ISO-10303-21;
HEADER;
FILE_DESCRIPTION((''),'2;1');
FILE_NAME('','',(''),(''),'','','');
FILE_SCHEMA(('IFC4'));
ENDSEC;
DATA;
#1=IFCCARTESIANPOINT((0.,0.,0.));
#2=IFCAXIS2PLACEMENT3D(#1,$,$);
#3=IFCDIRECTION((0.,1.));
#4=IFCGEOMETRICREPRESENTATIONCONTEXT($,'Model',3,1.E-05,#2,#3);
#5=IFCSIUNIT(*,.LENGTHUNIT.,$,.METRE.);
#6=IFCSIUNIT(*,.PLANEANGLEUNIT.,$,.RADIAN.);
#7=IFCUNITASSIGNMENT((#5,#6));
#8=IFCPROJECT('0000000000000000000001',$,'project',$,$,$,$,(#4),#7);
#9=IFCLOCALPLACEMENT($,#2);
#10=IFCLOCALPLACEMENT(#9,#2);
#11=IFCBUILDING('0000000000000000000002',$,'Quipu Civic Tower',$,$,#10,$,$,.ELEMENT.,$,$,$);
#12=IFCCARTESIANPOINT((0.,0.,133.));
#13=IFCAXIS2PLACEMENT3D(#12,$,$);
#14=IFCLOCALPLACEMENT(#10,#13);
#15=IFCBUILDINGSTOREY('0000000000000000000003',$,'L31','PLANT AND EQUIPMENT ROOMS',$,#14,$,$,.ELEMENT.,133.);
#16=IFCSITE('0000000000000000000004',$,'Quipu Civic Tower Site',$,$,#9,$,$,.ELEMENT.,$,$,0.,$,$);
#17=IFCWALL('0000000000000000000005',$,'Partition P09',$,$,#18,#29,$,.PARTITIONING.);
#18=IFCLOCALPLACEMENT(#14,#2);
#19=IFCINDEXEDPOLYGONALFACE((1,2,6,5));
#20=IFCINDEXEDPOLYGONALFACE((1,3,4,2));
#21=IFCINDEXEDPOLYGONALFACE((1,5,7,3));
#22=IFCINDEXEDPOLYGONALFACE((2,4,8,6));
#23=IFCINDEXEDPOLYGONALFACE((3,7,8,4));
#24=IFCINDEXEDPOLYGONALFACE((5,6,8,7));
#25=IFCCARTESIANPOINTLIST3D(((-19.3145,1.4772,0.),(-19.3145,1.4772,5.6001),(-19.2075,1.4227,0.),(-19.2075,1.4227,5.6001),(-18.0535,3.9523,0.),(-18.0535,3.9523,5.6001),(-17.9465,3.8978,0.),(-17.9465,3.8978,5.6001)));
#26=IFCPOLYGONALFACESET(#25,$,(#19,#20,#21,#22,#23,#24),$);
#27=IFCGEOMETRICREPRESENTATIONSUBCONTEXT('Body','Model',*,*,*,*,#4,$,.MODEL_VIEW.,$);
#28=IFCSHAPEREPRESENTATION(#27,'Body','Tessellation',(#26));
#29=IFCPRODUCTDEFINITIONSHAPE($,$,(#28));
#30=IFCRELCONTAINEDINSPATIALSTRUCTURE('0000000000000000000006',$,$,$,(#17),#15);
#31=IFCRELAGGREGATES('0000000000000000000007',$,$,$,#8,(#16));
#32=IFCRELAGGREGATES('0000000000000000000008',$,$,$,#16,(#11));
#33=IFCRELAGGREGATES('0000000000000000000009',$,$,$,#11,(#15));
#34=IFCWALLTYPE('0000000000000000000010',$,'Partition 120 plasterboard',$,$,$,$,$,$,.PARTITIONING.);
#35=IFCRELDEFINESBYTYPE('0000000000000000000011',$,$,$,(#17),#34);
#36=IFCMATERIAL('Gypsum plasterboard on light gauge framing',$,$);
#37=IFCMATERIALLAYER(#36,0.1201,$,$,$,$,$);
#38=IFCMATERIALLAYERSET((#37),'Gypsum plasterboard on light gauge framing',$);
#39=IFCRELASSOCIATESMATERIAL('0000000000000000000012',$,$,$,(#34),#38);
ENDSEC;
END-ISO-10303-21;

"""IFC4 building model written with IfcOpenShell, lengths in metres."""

from ifc_helpers import new_model, si_unit, direction, frame, frame_2d, origin, place, context, subcontext, project, spatial, rectangle, extrude, material, layer, layer_set, type_object, element, save


model = new_model("IFC4")

# Units and contexts
model_context = context("Model", 3, precision=1e-05, world=origin(), true_north=direction((0.0, 1.0)))
body_context = subcontext(model_context, "Body", "Model", "MODEL_VIEW")
ifc_project = project(units=[si_unit("LENGTHUNIT", "METRE"), si_unit("PLANEANGLEUNIT", "RADIAN")], contexts=[model_context])

# Site, building, storey
site_placement = place(None, origin())
site = spatial("IfcSite", under=ifc_project, at=site_placement, Name="Quipu Civic Tower Site", CompositionType="ELEMENT", RefElevation=0.0)
building_placement = place(site_placement, origin())
building = spatial("IfcBuilding", under=site, at=building_placement, Name="Quipu Civic Tower", CompositionType="ELEMENT")
storey_placement = place(building_placement, frame((0.0, 0.0, 133.0)))
storey = spatial("IfcBuildingStorey", under=building, at=storey_placement, Name="L31", Description="PLANT AND EQUIPMENT ROOMS", CompositionType="ELEMENT", Elevation=133.0)

# Wall
ifc_material_1 = material(Name="Gypsum plasterboard on light gauge framing")
ifc_layer_1 = layer(ifc_material_1, 0.1201)
ifc_layer_set_1 = layer_set([ifc_layer_1], Name="Gypsum plasterboard on light gauge framing")
wall_type_1 = type_object("IfcWallType", Name="Partition 120 plasterboard", PredefinedType="PARTITIONING", material=ifc_layer_set_1)
wall_1_placement = place(storey_placement, frame((-19.261, 1.45, 0.0), z_axis=(0.0, 0.0, 1.0), x_axis=(0.453951, 0.891027, 0.0)))
element("IfcWall", 1, at=wall_1_placement, inside=storey, type_object=wall_type_1, Name="Partition P09", PredefinedType="PARTITIONING", context=body_context, shape_type="SweptSolid", body=[
    extrude(rectangle(XDim=2.7778, YDim=0.1201, at=frame_2d((1.3889, 0.0))), origin(), (0.0, 0.0, 1.0), 5.6001),
])

save(model, "model.ifc")
